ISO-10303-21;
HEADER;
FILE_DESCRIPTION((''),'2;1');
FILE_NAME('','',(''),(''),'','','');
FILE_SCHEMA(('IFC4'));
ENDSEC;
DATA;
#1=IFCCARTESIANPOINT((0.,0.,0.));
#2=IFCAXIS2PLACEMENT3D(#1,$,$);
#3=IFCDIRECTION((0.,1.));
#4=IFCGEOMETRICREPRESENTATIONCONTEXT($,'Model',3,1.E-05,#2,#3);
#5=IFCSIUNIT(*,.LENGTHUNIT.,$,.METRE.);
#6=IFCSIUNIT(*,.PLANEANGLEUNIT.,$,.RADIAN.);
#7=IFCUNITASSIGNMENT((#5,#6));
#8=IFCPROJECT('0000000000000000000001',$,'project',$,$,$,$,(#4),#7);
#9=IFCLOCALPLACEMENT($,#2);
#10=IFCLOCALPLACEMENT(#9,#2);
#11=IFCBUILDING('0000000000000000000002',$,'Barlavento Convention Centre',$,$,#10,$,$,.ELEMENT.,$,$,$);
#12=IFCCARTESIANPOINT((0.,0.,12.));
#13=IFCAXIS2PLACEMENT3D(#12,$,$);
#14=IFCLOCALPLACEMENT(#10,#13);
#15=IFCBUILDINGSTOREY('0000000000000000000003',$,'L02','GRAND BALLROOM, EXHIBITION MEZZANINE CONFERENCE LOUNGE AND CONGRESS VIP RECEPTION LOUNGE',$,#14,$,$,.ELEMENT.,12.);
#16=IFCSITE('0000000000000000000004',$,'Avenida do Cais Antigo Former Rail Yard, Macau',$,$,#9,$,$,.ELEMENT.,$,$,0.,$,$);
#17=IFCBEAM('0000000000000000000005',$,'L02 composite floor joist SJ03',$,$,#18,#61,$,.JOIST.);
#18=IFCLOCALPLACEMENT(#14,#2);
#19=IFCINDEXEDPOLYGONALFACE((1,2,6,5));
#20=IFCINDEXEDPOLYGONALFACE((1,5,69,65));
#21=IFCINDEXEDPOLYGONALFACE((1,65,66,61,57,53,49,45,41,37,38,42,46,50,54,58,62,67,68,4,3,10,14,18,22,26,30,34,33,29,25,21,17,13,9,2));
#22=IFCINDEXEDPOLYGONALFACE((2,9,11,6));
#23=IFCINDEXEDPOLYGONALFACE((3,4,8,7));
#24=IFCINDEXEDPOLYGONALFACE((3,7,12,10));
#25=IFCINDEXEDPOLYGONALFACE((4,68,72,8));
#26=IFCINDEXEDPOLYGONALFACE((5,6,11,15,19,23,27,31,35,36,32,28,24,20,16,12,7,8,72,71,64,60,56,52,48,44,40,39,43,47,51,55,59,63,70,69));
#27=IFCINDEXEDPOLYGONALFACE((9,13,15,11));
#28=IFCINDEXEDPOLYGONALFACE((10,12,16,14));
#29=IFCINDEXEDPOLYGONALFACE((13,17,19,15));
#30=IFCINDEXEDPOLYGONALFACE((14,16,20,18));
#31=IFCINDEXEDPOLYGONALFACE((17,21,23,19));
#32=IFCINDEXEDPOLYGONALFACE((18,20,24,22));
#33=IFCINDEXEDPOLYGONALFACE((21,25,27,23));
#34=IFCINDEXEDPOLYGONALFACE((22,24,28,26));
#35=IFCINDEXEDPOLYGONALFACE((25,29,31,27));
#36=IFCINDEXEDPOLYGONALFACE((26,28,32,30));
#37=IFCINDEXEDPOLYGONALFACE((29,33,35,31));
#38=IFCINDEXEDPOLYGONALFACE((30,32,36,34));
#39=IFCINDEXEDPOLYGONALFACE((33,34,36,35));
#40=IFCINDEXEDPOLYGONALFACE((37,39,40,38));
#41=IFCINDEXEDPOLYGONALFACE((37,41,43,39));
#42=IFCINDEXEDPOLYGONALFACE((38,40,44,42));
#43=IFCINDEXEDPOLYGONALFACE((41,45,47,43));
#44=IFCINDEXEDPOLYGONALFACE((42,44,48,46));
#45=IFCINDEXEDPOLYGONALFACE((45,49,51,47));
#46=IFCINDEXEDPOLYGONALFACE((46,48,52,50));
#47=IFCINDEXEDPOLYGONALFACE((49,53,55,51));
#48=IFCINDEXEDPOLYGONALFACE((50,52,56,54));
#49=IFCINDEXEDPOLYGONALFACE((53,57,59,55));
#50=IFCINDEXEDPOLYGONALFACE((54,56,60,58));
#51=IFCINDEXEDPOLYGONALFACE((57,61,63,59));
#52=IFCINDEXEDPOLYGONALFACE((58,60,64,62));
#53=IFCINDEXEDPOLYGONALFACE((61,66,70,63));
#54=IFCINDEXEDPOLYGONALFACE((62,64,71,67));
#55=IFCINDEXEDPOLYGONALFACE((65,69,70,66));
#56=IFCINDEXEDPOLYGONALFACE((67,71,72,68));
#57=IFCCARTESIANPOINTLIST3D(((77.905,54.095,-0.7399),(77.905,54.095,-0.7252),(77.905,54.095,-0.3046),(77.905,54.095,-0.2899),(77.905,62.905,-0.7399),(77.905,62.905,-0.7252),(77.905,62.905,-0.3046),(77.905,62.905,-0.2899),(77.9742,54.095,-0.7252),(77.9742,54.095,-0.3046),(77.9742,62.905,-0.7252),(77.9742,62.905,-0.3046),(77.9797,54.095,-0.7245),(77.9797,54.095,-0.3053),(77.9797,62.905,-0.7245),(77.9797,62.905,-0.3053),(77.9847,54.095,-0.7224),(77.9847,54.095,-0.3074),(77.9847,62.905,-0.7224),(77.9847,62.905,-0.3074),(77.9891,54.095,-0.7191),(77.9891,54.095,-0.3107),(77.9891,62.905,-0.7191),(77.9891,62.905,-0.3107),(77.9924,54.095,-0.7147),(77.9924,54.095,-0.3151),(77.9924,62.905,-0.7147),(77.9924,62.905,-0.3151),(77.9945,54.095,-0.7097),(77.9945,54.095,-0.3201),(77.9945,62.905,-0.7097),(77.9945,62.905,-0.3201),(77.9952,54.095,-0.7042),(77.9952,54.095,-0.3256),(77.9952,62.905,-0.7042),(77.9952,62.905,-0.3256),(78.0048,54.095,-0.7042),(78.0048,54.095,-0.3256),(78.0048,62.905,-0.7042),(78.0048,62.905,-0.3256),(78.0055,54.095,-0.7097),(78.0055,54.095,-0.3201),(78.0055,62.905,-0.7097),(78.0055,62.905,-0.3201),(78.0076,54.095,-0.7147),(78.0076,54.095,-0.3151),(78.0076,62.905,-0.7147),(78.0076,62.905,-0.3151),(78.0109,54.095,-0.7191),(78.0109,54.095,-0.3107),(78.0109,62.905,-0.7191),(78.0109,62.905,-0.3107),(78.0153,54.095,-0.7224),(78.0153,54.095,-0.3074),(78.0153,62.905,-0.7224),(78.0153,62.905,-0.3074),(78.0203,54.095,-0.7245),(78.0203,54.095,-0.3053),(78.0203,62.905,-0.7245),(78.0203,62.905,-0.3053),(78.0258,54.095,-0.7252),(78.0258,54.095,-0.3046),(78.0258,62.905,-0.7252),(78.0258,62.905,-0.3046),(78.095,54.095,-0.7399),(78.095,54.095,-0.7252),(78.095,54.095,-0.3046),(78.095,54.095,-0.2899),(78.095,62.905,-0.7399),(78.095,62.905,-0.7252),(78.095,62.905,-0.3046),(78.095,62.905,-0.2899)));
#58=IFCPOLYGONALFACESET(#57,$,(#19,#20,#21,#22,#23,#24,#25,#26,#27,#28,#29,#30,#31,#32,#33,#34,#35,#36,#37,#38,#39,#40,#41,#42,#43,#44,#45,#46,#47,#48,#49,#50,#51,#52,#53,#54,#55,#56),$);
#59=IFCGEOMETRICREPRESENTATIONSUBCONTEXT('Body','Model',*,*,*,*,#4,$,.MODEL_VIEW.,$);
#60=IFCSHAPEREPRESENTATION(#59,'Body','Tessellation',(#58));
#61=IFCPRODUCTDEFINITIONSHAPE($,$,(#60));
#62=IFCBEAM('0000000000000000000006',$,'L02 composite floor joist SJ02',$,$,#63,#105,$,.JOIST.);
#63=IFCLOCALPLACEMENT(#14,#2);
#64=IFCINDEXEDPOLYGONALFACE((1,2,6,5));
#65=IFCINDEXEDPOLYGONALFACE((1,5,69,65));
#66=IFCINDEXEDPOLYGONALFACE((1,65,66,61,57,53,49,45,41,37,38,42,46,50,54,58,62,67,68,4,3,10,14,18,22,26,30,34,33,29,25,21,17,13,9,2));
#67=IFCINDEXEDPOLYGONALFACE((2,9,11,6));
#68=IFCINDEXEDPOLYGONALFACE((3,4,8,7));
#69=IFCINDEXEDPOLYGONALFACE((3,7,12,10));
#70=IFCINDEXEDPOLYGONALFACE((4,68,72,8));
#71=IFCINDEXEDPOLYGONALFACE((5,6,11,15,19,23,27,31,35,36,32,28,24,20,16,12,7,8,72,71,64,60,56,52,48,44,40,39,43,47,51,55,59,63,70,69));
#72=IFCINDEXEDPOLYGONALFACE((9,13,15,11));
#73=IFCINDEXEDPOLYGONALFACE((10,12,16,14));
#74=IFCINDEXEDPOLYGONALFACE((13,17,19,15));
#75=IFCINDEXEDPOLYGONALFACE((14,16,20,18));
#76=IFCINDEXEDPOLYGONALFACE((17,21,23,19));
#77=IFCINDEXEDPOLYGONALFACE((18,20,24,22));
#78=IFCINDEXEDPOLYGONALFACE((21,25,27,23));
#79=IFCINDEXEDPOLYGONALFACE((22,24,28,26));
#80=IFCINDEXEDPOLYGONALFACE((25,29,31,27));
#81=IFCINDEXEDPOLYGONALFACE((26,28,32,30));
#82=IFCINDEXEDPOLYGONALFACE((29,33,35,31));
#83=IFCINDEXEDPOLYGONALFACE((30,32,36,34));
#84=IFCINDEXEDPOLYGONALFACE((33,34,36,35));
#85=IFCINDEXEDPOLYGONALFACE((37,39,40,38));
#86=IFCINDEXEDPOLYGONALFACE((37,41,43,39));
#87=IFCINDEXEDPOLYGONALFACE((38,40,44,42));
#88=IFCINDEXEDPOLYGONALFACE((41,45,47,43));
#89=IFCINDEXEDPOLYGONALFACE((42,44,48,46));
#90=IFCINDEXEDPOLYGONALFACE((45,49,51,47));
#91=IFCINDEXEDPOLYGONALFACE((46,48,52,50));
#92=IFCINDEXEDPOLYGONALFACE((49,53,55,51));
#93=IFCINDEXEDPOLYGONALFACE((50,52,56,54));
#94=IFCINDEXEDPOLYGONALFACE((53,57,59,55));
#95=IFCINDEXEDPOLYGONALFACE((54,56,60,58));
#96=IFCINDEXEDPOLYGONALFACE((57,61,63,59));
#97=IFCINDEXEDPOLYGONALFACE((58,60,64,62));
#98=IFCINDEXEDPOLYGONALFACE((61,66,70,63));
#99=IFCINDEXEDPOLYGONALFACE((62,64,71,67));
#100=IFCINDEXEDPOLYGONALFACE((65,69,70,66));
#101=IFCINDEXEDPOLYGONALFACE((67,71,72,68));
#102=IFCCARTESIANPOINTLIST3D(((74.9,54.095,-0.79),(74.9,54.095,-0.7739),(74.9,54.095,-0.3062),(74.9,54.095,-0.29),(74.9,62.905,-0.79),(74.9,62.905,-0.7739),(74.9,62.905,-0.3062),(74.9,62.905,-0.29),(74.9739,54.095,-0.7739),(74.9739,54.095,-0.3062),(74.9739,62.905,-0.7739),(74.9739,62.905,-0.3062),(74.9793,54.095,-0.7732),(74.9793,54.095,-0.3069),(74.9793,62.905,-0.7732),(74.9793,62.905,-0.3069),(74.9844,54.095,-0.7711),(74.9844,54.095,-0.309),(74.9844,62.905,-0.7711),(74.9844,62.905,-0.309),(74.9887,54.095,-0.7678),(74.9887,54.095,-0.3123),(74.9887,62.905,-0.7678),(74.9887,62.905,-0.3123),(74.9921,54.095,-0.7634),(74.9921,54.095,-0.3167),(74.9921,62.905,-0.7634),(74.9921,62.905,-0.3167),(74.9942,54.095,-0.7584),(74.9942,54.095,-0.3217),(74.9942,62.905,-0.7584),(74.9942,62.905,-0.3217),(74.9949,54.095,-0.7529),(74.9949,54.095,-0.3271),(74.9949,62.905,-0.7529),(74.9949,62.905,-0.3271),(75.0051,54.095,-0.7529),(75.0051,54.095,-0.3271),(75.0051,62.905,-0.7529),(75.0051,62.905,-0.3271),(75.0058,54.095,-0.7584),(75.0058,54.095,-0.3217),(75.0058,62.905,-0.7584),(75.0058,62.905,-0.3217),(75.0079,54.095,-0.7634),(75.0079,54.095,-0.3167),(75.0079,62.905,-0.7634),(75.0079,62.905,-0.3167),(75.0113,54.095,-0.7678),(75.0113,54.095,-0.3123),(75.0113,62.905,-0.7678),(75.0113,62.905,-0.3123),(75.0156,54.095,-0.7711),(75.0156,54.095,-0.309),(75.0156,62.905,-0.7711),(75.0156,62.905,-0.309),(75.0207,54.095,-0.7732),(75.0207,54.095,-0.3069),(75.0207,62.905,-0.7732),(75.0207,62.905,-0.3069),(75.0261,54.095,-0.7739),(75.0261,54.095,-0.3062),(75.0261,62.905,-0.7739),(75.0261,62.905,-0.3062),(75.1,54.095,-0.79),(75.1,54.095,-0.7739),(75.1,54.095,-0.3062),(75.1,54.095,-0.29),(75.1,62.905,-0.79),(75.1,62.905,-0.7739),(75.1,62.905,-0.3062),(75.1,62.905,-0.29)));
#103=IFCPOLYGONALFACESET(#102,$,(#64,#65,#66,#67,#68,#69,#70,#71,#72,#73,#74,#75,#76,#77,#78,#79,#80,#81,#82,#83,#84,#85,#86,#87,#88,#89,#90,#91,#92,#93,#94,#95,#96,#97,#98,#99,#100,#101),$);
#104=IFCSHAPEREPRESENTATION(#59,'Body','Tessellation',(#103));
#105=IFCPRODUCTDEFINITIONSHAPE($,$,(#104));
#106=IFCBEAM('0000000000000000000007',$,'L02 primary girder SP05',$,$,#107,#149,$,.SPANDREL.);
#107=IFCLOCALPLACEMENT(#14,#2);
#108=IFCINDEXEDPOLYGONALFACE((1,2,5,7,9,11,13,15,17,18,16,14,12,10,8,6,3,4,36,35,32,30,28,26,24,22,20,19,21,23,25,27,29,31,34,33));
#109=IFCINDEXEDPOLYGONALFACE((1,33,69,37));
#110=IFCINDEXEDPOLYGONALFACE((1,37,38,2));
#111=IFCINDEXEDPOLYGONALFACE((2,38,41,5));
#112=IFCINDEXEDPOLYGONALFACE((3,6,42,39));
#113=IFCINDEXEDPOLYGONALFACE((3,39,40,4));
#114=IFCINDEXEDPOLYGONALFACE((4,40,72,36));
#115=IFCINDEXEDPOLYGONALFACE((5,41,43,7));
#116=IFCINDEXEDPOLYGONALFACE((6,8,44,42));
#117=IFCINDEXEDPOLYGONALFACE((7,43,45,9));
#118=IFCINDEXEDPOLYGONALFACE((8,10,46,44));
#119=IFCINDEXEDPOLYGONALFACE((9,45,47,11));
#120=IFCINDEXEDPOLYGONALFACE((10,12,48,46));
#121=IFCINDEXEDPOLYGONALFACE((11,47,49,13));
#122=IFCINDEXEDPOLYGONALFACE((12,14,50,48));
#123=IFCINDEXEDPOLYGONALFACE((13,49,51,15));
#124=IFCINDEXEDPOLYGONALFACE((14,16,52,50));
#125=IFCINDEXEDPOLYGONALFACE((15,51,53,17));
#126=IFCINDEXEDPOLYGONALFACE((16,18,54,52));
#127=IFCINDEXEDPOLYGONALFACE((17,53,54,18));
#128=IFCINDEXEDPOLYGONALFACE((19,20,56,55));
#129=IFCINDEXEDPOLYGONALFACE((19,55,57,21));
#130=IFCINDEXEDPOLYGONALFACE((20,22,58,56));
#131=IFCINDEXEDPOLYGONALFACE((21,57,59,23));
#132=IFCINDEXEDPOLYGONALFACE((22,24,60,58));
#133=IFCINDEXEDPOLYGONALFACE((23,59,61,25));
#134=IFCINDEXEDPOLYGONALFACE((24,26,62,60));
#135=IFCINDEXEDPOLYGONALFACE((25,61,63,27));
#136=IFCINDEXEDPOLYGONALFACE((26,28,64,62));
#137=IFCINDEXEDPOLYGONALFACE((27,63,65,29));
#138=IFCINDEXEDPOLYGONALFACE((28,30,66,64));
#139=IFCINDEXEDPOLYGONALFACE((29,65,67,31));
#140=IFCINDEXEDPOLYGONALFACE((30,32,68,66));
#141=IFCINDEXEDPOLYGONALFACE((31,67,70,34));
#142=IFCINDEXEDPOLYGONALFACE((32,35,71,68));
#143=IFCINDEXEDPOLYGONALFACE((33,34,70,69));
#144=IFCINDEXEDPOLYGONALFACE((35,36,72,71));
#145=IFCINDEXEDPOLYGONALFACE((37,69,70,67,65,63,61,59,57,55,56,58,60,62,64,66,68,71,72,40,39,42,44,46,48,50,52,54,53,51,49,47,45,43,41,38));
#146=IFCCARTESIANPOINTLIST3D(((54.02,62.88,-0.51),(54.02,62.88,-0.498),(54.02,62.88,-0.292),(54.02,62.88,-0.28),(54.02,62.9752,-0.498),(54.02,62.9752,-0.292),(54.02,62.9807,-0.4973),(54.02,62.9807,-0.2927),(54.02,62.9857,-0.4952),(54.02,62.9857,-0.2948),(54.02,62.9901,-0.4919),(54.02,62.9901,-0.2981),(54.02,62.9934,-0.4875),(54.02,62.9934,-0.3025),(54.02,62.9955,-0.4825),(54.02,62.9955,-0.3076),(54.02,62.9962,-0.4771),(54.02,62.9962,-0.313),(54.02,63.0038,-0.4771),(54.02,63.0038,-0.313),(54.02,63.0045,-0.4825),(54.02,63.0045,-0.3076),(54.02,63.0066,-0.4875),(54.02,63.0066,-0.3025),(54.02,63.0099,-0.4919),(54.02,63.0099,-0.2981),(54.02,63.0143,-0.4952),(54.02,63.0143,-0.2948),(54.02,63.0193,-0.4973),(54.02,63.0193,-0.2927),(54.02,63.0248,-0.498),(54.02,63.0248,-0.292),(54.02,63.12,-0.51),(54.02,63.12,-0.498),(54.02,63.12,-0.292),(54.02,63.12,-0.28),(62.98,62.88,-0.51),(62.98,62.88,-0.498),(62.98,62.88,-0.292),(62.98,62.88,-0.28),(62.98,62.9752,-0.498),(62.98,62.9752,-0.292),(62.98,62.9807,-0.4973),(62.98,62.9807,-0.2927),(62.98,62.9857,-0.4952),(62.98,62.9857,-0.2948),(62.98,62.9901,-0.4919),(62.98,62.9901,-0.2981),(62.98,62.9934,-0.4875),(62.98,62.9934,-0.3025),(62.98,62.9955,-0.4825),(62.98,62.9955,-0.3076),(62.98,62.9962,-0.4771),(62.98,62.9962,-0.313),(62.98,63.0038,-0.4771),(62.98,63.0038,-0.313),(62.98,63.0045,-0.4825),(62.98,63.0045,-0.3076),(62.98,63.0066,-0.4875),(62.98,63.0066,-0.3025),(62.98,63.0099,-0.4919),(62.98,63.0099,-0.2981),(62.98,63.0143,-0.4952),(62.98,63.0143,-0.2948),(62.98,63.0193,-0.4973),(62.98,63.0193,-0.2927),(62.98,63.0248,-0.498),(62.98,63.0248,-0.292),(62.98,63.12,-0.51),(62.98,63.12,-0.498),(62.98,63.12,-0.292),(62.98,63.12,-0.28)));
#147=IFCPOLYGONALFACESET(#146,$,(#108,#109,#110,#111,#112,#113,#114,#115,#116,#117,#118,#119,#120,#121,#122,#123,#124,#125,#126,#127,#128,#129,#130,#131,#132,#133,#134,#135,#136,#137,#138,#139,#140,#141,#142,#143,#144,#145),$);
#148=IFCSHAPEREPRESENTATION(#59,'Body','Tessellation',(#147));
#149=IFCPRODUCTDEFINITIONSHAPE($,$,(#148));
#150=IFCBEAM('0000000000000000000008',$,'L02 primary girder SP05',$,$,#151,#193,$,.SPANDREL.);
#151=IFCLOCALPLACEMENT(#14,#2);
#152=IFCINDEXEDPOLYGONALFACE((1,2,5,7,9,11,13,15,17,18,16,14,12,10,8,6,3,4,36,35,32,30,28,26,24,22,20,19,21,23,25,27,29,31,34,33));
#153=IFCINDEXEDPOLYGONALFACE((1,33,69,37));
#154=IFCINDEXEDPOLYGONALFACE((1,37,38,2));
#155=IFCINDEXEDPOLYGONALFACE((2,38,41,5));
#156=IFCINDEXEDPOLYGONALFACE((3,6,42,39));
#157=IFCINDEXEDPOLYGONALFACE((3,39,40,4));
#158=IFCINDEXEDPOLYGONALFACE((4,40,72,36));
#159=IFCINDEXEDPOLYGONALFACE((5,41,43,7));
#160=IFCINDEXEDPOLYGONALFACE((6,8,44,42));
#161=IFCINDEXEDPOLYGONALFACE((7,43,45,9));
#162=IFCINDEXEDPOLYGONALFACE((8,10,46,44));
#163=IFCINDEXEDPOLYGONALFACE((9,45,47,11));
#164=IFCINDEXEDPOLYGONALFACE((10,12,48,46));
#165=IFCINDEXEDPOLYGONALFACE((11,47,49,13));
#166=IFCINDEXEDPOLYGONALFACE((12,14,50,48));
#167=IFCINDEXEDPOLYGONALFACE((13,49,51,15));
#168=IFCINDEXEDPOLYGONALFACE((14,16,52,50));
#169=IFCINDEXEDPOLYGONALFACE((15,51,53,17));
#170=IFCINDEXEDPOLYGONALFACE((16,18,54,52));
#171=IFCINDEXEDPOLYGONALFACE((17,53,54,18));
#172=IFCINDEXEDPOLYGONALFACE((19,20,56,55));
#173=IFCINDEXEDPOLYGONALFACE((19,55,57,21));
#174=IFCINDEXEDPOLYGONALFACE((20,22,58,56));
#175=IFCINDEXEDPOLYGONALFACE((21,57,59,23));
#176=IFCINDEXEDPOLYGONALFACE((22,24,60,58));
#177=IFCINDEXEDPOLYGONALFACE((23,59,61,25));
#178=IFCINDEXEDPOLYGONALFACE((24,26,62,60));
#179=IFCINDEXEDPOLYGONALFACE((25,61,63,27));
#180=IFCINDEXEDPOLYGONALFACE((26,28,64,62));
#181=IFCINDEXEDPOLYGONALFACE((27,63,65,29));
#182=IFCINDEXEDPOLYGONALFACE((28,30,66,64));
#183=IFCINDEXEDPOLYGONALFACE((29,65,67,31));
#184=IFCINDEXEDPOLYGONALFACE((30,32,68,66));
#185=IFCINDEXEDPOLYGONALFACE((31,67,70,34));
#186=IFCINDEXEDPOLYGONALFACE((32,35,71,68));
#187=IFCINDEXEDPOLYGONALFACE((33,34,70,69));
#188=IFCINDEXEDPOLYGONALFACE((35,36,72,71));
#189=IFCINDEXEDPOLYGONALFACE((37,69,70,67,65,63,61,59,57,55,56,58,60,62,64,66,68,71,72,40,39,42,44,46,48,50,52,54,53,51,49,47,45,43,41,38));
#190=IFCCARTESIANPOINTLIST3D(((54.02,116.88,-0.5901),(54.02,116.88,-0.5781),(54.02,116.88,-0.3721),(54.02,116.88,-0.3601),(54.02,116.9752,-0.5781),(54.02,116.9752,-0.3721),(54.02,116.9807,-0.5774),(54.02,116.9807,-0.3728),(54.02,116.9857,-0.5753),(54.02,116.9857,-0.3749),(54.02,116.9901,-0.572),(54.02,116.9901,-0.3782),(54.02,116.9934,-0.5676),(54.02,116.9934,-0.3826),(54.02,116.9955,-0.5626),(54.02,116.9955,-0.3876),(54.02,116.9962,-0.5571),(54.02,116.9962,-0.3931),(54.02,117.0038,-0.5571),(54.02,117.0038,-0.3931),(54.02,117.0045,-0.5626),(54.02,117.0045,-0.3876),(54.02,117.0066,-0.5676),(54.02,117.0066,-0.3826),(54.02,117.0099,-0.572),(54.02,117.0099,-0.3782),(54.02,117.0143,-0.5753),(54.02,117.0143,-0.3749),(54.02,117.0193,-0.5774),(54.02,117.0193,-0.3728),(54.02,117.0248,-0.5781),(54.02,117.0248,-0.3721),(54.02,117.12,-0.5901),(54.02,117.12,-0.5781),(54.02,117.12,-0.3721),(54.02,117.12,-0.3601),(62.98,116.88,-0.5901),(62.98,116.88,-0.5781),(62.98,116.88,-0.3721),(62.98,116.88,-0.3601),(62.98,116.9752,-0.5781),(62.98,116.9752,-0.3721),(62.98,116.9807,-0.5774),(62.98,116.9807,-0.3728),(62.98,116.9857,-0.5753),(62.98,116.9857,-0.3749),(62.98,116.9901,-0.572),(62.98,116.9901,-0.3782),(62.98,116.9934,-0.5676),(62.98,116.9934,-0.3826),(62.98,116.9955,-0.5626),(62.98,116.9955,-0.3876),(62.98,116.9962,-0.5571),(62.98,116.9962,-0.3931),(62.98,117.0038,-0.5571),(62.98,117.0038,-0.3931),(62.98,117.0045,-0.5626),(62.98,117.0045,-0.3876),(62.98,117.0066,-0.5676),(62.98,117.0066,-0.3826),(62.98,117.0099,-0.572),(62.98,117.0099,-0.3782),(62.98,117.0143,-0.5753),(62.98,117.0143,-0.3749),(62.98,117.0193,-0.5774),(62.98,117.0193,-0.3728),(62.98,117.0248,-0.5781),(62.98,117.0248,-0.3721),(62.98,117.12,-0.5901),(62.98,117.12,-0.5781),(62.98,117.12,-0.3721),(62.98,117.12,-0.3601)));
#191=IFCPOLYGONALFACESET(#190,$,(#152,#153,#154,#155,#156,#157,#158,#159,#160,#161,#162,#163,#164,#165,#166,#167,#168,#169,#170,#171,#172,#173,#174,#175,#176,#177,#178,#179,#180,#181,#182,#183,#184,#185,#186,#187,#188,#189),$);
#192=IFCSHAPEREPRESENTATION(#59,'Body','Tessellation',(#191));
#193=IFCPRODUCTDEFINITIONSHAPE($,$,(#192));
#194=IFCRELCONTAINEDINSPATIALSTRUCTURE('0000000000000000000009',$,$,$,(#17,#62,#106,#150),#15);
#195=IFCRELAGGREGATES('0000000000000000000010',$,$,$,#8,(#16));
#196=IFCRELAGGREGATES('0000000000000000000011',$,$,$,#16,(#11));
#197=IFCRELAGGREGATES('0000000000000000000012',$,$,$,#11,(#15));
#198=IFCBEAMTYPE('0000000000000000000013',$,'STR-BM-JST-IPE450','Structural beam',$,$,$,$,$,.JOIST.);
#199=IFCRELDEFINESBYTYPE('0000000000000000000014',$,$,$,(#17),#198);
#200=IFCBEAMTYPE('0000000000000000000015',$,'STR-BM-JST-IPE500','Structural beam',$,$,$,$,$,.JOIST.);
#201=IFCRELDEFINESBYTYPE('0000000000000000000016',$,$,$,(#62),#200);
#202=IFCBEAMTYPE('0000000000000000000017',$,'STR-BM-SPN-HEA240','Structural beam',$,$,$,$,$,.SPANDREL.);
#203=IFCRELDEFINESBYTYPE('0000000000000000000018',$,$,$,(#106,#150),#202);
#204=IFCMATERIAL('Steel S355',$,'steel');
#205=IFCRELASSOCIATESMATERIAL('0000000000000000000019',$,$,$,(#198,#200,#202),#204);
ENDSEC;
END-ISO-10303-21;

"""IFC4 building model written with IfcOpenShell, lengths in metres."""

from ifc_helpers import new_model, si_unit, direction, frame, origin, origin_2d, place, context, subcontext, project, spatial, i_section, extrude, material, material_profile, profile_set, type_object, element, save


model = new_model("IFC4")

# Units and contexts
model_context = context("Model", 3, precision=1e-05, world=origin(), true_north=direction((0.0, 1.0)))
body_context = subcontext(model_context, "Body", "Model", "MODEL_VIEW")
ifc_project = project(units=[si_unit("LENGTHUNIT", "METRE"), si_unit("PLANEANGLEUNIT", "RADIAN")], contexts=[model_context])

# Site, building, storey
site_placement = place(None, origin())
site = spatial("IfcSite", under=ifc_project, at=site_placement, Name="Avenida do Cais Antigo Former Rail Yard, Macau", CompositionType="ELEMENT", RefElevation=0.0)
building_placement = place(site_placement, origin())
building = spatial("IfcBuilding", under=site, at=building_placement, Name="Barlavento Convention Centre", CompositionType="ELEMENT")
storey_placement = place(building_placement, frame((0.0, 0.0, 12.0)))
storey = spatial("IfcBuildingStorey", under=building, at=storey_placement, Name="L02", Description="GRAND BALLROOM, EXHIBITION MEZZANINE CONFERENCE LOUNGE AND CONGRESS VIP RECEPTION LOUNGE", CompositionType="ELEMENT", Elevation=12.0)

# Shared definitions
ifc_material_1 = material(Name="Steel S355", Category="steel")

# Beams
ifc_material_profile_1 = material_profile(ifc_material_1, i_section(OverallWidth=0.1899, OverallDepth=0.45, WebThickness=0.0095, FlangeThickness=0.0146, FilletRadius=0.021, at=origin_2d()), Name="IPE 450")
ifc_profile_set_1 = profile_set([ifc_material_profile_1], Name="Steel S355")
beam_type_1 = type_object("IfcBeamType", Name="STR-BM-JST-IPE450", Description="Structural beam", PredefinedType="JOIST", material=ifc_profile_set_1)
beam_1_placement = place(storey_placement, frame((78.0, 54.095, -0.5149), z_axis=(0.0, 1.0, 0.0), x_axis=(-1.0, 0.0, 0.0)))
element("IfcBeam", 1, at=beam_1_placement, inside=storey, type_object=beam_type_1, Name="L02 composite floor joist SJ03", PredefinedType="JOIST", context=body_context, shape_type="SweptSolid", body=[
    extrude(i_section(OverallWidth=0.1899, OverallDepth=0.45, WebThickness=0.0095, FlangeThickness=0.0146, FilletRadius=0.021, at=origin_2d()), origin(), (0.0, 0.0, 1.0), 8.8101),
])
ifc_material_profile_2 = material_profile(ifc_material_1, i_section(OverallWidth=0.2, OverallDepth=0.5, WebThickness=0.0103, FlangeThickness=0.0161, FilletRadius=0.021, at=origin_2d()), Name="IPE 500")
ifc_profile_set_2 = profile_set([ifc_material_profile_2], Name="Steel S355")
beam_type_2 = type_object("IfcBeamType", Name="STR-BM-JST-IPE500", Description="Structural beam", PredefinedType="JOIST", material=ifc_profile_set_2)
beam_2_placement = place(storey_placement, frame((75.0, 54.095, -0.54), z_axis=(0.0, 1.0, 0.0), x_axis=(-1.0, 0.0, 0.0)))
element("IfcBeam", 2, at=beam_2_placement, inside=storey, type_object=beam_type_2, Name="L02 composite floor joist SJ02", PredefinedType="JOIST", context=body_context, shape_type="SweptSolid", body=[
    extrude(i_section(OverallWidth=0.2, OverallDepth=0.5, WebThickness=0.0103, FlangeThickness=0.0161, FilletRadius=0.021, at=origin_2d()), origin(), (0.0, 0.0, 1.0), 8.8101),
])
ifc_material_profile_3 = material_profile(ifc_material_1, i_section(OverallWidth=0.24, OverallDepth=0.23, WebThickness=0.0076, FlangeThickness=0.012, FilletRadius=0.021, at=origin_2d()), Name="HEA 240")
ifc_profile_set_3 = profile_set([ifc_material_profile_3], Name="Steel S355")
beam_type_3 = type_object("IfcBeamType", Name="STR-BM-SPN-HEA240", Description="Structural beam", PredefinedType="SPANDREL", material=ifc_profile_set_3)
for number, where, z_axis, x_axis, name in (
    (3, (54.02, 63.0, -0.395), (1.0, 0.0, 0.0), (0.0, 1.0, 0.0), "L02 primary girder SP05"),
    (4, (54.02, 117.0, -0.4751), (1.0, 0.0, 0.0), (0.0, 1.0, 0.0), "L02 primary girder SP05"),
):
    element("IfcBeam", number, at=place(storey_placement, frame(where, z_axis=z_axis, x_axis=x_axis)), inside=storey, type_object=beam_type_3, Name=name, PredefinedType="SPANDREL", context=body_context, shape_type="SweptSolid", body=[
        extrude(i_section(OverallWidth=0.24, OverallDepth=0.23, WebThickness=0.0076, FlangeThickness=0.012, FilletRadius=0.021, at=origin_2d()), origin(), (0.0, 0.0, 1.0), 8.96),
    ])

save(model, "model.ifc")
